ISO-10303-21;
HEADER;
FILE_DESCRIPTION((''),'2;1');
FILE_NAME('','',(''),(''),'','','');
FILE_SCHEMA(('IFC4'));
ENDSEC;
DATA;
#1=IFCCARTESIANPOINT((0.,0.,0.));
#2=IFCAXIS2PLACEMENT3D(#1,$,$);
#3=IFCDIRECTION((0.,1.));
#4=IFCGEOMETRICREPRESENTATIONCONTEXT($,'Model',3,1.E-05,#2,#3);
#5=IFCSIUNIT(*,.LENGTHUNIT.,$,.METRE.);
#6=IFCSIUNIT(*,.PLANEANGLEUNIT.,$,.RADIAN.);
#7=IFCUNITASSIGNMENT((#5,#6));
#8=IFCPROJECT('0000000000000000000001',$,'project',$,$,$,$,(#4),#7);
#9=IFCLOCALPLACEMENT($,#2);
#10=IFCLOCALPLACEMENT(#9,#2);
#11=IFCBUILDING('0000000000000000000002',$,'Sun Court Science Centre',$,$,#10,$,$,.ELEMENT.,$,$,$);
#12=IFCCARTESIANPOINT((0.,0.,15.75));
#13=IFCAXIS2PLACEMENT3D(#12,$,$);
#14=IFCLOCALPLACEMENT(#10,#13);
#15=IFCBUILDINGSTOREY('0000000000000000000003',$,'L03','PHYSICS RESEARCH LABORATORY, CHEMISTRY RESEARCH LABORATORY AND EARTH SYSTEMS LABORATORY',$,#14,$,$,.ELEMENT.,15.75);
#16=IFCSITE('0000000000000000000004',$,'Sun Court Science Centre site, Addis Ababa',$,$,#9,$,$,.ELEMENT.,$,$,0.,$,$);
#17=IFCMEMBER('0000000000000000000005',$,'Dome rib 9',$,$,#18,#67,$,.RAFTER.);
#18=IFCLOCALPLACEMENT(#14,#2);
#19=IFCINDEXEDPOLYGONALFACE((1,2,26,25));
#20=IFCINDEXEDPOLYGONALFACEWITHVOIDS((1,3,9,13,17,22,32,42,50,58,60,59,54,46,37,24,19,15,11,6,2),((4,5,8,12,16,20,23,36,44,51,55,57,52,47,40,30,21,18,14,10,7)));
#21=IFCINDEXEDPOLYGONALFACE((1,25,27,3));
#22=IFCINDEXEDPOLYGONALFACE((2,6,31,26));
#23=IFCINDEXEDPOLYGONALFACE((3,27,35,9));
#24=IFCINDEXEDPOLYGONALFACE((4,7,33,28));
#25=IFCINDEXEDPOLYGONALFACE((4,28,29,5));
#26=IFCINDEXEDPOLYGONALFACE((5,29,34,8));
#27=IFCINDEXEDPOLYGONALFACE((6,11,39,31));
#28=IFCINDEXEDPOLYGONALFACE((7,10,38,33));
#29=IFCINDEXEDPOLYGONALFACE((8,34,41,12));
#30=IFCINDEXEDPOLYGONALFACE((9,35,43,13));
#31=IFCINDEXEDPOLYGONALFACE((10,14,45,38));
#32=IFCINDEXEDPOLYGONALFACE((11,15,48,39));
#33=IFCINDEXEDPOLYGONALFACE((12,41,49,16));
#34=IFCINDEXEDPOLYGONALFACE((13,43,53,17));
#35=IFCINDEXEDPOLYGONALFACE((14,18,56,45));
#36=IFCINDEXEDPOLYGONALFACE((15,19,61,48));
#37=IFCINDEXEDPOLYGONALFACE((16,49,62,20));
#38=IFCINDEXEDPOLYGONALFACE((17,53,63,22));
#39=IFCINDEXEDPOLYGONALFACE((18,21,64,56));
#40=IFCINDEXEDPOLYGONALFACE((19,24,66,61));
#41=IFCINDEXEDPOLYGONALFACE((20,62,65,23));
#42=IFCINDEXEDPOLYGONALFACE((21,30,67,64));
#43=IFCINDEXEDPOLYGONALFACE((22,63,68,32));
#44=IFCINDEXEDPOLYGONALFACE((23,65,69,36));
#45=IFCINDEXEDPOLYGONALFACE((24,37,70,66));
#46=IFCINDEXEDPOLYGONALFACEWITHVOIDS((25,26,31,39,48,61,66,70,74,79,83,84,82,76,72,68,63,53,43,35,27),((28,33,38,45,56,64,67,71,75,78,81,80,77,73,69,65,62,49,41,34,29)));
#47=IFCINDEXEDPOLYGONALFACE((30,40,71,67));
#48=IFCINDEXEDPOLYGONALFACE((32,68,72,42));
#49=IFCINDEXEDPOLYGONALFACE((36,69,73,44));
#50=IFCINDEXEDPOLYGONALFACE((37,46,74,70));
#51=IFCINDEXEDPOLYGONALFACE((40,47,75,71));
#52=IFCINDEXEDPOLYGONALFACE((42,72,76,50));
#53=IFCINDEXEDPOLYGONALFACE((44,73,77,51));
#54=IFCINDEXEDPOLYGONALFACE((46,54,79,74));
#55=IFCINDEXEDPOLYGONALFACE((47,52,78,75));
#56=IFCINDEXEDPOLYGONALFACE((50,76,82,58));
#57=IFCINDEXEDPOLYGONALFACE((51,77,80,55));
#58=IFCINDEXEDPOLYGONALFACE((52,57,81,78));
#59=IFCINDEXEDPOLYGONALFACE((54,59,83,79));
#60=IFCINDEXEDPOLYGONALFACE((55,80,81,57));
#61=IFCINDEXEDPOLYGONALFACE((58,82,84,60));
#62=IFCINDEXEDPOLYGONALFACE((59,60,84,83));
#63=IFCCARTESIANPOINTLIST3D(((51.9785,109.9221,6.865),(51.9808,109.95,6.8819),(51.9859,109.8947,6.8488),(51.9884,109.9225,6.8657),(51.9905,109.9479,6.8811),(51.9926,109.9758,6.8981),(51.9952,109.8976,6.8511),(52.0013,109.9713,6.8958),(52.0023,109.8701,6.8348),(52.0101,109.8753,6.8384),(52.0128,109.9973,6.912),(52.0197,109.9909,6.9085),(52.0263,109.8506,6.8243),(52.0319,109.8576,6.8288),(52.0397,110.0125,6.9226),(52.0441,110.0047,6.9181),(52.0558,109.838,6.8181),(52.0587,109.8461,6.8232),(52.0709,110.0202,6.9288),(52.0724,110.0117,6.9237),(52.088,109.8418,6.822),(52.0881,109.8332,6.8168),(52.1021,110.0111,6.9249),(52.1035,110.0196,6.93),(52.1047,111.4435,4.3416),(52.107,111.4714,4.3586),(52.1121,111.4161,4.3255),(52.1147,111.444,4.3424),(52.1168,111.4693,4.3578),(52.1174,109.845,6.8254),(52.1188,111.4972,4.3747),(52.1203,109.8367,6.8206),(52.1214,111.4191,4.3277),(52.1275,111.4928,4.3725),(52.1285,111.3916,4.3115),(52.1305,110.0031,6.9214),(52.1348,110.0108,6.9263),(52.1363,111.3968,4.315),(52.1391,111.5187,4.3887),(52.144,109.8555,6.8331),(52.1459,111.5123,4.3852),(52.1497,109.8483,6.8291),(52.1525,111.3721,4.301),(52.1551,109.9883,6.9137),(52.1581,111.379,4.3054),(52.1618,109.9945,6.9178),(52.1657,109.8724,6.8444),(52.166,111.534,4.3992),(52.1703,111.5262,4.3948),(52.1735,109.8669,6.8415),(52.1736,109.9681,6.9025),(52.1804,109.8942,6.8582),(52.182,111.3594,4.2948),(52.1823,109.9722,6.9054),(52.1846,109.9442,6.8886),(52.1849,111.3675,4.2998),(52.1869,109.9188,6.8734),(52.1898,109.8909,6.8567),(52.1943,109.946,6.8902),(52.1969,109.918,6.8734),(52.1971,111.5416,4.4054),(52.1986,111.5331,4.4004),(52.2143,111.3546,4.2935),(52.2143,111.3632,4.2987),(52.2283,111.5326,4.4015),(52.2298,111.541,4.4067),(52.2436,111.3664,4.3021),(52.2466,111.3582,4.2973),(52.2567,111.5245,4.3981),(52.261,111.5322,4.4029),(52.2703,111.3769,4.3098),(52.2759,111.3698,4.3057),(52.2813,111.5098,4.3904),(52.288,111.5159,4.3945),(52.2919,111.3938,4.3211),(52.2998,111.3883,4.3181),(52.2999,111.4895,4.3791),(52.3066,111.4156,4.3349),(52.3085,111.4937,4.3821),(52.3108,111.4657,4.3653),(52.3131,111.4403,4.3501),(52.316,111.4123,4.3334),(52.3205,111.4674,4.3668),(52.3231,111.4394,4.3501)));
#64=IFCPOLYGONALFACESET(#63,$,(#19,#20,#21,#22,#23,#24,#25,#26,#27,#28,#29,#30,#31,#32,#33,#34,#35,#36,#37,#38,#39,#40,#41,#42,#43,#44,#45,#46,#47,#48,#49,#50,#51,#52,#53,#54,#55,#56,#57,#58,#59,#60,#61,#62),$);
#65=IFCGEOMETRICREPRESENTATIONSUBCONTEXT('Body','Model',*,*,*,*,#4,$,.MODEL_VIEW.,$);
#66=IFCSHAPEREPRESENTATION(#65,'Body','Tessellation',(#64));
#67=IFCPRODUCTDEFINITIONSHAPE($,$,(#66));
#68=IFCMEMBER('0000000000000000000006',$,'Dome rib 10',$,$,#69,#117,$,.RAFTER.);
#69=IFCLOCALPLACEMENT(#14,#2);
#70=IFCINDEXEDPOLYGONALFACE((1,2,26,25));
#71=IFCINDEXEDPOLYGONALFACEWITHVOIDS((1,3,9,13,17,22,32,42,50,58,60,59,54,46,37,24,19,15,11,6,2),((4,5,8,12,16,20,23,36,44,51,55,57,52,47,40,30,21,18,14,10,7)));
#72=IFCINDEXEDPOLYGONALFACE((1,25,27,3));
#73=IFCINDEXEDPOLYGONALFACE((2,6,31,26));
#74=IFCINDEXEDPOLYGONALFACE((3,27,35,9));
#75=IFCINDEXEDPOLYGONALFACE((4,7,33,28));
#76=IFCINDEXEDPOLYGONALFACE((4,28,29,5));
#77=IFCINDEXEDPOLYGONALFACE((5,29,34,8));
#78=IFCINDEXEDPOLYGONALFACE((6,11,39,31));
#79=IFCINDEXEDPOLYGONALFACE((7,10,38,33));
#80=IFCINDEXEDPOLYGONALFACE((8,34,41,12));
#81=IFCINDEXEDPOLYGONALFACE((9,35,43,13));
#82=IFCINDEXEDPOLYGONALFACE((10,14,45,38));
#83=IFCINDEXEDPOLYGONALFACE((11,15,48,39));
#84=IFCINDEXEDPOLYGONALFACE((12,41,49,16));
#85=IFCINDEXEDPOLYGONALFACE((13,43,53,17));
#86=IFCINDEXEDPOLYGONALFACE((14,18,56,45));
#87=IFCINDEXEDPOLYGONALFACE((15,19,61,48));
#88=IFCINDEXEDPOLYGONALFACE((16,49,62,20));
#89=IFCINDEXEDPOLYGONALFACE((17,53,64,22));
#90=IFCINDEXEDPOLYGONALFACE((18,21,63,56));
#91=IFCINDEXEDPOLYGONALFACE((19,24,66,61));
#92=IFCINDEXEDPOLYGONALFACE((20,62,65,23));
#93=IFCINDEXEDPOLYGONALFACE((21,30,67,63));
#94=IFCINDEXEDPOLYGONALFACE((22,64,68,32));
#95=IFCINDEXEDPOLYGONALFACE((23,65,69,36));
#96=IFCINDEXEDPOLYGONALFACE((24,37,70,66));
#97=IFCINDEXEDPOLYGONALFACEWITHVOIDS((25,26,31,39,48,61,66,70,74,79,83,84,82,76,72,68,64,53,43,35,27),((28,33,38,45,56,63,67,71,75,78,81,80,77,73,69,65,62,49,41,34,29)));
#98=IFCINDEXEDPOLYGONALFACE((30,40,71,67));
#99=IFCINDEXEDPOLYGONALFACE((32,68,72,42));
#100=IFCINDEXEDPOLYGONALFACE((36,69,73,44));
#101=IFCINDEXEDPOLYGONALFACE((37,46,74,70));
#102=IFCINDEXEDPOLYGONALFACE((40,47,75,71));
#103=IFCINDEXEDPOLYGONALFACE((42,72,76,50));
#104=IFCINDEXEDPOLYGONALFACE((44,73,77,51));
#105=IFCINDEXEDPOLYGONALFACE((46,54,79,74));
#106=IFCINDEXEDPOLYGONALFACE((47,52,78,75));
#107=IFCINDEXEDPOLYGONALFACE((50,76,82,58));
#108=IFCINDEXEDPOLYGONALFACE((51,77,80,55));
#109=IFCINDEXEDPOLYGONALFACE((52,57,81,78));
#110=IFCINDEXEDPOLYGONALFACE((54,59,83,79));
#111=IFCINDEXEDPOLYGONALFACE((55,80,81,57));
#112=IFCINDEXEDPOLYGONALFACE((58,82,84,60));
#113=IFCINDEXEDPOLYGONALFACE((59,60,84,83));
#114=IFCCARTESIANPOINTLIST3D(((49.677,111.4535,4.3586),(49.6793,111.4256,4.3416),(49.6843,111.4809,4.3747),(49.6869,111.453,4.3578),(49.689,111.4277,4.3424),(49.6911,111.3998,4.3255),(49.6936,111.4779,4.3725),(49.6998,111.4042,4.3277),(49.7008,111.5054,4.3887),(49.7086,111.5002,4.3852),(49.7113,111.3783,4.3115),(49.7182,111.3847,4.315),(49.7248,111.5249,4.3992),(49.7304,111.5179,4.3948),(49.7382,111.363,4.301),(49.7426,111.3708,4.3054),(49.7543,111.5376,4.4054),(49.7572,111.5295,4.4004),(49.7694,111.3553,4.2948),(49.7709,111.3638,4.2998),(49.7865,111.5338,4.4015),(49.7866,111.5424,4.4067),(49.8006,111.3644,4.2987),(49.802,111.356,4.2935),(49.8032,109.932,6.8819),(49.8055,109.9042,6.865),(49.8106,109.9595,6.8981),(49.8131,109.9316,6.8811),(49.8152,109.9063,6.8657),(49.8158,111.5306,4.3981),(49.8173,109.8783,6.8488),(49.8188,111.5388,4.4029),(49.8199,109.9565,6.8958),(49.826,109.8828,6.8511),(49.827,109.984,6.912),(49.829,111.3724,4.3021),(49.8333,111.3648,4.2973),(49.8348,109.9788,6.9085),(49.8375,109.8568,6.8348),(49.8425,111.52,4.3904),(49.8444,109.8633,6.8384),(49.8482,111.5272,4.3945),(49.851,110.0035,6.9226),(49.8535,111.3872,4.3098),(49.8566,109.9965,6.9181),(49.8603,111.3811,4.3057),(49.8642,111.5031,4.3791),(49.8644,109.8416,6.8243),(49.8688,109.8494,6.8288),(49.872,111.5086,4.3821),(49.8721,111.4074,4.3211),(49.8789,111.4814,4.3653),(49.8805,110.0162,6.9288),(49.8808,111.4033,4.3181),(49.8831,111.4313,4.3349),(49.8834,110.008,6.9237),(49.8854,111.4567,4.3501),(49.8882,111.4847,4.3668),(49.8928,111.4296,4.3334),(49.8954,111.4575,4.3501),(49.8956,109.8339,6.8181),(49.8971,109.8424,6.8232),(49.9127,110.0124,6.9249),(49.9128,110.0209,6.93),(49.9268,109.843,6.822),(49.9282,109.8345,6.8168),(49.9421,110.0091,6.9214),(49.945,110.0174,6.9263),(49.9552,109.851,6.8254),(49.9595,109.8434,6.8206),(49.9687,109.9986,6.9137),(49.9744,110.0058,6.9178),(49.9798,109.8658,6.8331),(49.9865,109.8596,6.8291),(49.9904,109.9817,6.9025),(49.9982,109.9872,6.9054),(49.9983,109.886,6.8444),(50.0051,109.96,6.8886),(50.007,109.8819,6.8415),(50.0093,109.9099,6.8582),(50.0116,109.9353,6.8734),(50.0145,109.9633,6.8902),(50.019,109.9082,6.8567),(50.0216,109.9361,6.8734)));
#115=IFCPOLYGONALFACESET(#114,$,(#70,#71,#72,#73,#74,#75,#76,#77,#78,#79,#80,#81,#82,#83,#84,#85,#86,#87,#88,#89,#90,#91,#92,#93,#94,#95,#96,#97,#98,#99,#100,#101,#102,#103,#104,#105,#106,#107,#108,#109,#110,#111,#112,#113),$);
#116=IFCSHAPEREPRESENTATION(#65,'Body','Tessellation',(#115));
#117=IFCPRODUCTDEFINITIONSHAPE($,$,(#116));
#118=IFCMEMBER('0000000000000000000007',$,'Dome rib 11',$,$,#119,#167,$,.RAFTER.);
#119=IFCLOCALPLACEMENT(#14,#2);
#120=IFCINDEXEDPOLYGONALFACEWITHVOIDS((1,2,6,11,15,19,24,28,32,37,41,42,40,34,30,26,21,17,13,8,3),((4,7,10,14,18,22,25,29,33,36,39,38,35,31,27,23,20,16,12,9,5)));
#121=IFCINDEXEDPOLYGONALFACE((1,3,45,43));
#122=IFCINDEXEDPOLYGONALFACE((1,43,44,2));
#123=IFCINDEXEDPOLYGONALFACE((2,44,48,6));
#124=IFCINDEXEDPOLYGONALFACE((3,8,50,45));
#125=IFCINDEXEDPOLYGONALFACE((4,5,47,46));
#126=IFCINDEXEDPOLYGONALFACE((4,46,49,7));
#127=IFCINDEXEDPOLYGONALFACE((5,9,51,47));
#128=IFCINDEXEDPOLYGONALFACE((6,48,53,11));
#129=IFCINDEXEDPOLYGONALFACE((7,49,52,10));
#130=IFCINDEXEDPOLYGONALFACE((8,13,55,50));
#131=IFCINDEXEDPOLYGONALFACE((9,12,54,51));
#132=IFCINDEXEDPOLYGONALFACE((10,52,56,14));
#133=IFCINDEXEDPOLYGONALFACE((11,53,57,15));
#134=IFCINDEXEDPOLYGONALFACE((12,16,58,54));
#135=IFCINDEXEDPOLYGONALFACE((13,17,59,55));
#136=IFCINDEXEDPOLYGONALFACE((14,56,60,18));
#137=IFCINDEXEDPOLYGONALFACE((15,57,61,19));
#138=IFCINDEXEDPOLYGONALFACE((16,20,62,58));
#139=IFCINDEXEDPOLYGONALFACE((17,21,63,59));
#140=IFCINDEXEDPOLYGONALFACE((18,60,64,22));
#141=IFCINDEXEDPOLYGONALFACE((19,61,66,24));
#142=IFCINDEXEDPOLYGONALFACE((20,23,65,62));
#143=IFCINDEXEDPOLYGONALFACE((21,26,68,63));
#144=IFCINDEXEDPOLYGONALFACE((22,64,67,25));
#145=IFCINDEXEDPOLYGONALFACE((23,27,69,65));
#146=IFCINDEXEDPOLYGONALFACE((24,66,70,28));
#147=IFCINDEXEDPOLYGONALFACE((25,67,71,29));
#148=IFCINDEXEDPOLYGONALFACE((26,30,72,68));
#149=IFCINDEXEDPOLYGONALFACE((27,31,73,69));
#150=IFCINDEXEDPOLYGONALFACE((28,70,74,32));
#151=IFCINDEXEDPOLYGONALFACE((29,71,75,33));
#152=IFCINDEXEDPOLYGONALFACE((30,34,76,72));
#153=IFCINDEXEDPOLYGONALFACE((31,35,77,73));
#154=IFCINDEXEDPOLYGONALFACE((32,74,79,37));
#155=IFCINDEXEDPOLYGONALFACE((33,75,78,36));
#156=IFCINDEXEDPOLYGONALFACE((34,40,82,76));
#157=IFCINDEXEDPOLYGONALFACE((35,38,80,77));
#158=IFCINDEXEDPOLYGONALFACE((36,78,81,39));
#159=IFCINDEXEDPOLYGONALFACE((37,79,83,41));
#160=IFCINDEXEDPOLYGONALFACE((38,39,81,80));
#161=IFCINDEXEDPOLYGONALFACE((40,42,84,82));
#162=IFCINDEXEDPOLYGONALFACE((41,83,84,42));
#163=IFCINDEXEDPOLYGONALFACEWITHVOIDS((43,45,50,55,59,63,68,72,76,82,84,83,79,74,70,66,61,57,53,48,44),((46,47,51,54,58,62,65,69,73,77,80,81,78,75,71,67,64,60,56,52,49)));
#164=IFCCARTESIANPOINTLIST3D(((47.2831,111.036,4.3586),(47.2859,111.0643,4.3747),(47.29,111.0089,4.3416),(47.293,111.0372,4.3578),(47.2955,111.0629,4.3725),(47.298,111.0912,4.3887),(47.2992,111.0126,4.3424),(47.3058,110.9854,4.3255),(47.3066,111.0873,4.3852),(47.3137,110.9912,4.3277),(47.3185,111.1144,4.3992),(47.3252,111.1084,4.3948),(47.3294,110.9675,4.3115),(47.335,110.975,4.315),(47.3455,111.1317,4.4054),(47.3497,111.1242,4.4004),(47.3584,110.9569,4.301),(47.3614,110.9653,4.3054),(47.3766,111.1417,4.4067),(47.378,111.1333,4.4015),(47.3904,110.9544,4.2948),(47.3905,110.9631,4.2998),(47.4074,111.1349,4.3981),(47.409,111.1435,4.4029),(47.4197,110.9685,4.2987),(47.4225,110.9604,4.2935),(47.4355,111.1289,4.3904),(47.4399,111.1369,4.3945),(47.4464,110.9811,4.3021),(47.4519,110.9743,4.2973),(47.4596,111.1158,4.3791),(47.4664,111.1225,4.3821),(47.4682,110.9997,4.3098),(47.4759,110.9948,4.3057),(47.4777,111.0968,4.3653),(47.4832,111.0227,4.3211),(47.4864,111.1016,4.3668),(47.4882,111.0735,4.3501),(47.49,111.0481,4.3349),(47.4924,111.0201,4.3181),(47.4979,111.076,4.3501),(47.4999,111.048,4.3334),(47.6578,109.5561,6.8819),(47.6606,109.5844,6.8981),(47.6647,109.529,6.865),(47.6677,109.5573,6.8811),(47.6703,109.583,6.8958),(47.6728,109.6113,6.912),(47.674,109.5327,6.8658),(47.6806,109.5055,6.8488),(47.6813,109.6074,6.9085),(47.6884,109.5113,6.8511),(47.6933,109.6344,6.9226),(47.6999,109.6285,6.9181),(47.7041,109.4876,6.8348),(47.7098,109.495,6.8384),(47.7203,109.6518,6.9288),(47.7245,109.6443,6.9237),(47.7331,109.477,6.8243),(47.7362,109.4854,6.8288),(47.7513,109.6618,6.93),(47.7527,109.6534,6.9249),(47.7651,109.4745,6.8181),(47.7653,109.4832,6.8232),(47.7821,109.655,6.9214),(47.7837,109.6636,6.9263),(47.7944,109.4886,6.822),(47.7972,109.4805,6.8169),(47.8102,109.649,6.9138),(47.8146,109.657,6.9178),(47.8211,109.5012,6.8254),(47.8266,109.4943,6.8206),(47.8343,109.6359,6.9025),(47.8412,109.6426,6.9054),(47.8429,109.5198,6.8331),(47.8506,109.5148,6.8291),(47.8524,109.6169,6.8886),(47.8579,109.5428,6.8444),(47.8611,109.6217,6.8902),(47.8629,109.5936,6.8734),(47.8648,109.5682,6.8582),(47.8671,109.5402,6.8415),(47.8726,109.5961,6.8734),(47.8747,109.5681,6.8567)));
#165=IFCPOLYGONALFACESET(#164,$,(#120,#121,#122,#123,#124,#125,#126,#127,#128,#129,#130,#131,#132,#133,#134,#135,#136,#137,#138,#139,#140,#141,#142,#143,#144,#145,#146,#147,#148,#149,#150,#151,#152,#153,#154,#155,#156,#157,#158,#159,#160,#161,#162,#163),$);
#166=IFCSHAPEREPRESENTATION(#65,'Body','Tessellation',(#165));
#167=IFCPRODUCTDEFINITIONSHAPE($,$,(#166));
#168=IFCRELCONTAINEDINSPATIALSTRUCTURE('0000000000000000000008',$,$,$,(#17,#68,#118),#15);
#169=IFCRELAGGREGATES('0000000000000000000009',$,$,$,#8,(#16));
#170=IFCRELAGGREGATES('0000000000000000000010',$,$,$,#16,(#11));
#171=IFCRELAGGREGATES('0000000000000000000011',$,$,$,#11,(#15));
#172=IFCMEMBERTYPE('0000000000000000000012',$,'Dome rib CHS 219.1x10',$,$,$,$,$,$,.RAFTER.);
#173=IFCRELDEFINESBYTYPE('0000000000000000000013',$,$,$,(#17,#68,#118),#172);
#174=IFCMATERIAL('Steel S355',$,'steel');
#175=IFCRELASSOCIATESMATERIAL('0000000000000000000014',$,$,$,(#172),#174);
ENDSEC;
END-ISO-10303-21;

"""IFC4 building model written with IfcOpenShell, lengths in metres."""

from ifc_helpers import new_model, si_unit, direction, frame, origin, origin_2d, place, context, subcontext, project, spatial, hollow_circle, extrude, material, material_profile, profile_set, type_object, element, save


model = new_model("IFC4")

# Units and contexts
model_context = context("Model", 3, precision=1e-05, world=origin(), true_north=direction((0.0, 1.0)))
body_context = subcontext(model_context, "Body", "Model", "MODEL_VIEW")
ifc_project = project(units=[si_unit("LENGTHUNIT", "METRE"), si_unit("PLANEANGLEUNIT", "RADIAN")], contexts=[model_context])

# Site, building, storey
site_placement = place(None, origin())
site = spatial("IfcSite", under=ifc_project, at=site_placement, Name="Sun Court Science Centre site, Addis Ababa", CompositionType="ELEMENT", RefElevation=0.0)
building_placement = place(site_placement, origin())
building = spatial("IfcBuilding", under=site, at=building_placement, Name="Sun Court Science Centre", CompositionType="ELEMENT")
storey_placement = place(building_placement, frame((0.0, 0.0, 15.75)))
storey = spatial("IfcBuildingStorey", under=building, at=storey_placement, Name="L03", Description="PHYSICS RESEARCH LABORATORY, CHEMISTRY RESEARCH LABORATORY AND EARTH SYSTEMS LABORATORY", CompositionType="ELEMENT", Elevation=15.75)

# Members
ifc_material_1 = material(Name="Steel S355", Category="steel")
ifc_material_profile_1 = material_profile(ifc_material_1, hollow_circle(Radius=0.1096, WallThickness=0.01, at=origin_2d()), Name="CHS 219.1x10")
ifc_profile_set_1 = profile_set([ifc_material_profile_1], Name="Steel S355")
member_type_1 = type_object("IfcMemberType", Name="Dome rib CHS 219.1x10", PredefinedType="RAFTER", material=ifc_profile_set_1)
for number, where, z_axis, x_axis, name in (
    (1, (52.2139, 111.4485, 4.3501), (-0.042796, -0.515874, 0.855595), (0.996577, -0.082675, 0.0), "Dome rib 9"),
    (2, (49.7861, 111.4485, 4.3501), (0.042796, -0.515874, 0.855595), (0.996577, 0.082675, 0.0), "Dome rib 10"),
    (3, (47.3916, 111.0491, 4.3501), (0.127065, -0.501803, 0.855598), (0.969404, 0.245469, 0.0), "Dome rib 11"),
):
    element("IfcMember", number, at=place(storey_placement, frame(where, z_axis=z_axis, x_axis=x_axis)), inside=storey, type_object=member_type_1, Name=name, PredefinedType="RAFTER", context=body_context, shape_type="SweptSolid", body=[
        extrude(hollow_circle(Radius=0.1096, WallThickness=0.01, at=origin_2d()), origin(), (0.0, 0.0, 1.0), 2.9492),
    ])

save(model, "model.ifc")
